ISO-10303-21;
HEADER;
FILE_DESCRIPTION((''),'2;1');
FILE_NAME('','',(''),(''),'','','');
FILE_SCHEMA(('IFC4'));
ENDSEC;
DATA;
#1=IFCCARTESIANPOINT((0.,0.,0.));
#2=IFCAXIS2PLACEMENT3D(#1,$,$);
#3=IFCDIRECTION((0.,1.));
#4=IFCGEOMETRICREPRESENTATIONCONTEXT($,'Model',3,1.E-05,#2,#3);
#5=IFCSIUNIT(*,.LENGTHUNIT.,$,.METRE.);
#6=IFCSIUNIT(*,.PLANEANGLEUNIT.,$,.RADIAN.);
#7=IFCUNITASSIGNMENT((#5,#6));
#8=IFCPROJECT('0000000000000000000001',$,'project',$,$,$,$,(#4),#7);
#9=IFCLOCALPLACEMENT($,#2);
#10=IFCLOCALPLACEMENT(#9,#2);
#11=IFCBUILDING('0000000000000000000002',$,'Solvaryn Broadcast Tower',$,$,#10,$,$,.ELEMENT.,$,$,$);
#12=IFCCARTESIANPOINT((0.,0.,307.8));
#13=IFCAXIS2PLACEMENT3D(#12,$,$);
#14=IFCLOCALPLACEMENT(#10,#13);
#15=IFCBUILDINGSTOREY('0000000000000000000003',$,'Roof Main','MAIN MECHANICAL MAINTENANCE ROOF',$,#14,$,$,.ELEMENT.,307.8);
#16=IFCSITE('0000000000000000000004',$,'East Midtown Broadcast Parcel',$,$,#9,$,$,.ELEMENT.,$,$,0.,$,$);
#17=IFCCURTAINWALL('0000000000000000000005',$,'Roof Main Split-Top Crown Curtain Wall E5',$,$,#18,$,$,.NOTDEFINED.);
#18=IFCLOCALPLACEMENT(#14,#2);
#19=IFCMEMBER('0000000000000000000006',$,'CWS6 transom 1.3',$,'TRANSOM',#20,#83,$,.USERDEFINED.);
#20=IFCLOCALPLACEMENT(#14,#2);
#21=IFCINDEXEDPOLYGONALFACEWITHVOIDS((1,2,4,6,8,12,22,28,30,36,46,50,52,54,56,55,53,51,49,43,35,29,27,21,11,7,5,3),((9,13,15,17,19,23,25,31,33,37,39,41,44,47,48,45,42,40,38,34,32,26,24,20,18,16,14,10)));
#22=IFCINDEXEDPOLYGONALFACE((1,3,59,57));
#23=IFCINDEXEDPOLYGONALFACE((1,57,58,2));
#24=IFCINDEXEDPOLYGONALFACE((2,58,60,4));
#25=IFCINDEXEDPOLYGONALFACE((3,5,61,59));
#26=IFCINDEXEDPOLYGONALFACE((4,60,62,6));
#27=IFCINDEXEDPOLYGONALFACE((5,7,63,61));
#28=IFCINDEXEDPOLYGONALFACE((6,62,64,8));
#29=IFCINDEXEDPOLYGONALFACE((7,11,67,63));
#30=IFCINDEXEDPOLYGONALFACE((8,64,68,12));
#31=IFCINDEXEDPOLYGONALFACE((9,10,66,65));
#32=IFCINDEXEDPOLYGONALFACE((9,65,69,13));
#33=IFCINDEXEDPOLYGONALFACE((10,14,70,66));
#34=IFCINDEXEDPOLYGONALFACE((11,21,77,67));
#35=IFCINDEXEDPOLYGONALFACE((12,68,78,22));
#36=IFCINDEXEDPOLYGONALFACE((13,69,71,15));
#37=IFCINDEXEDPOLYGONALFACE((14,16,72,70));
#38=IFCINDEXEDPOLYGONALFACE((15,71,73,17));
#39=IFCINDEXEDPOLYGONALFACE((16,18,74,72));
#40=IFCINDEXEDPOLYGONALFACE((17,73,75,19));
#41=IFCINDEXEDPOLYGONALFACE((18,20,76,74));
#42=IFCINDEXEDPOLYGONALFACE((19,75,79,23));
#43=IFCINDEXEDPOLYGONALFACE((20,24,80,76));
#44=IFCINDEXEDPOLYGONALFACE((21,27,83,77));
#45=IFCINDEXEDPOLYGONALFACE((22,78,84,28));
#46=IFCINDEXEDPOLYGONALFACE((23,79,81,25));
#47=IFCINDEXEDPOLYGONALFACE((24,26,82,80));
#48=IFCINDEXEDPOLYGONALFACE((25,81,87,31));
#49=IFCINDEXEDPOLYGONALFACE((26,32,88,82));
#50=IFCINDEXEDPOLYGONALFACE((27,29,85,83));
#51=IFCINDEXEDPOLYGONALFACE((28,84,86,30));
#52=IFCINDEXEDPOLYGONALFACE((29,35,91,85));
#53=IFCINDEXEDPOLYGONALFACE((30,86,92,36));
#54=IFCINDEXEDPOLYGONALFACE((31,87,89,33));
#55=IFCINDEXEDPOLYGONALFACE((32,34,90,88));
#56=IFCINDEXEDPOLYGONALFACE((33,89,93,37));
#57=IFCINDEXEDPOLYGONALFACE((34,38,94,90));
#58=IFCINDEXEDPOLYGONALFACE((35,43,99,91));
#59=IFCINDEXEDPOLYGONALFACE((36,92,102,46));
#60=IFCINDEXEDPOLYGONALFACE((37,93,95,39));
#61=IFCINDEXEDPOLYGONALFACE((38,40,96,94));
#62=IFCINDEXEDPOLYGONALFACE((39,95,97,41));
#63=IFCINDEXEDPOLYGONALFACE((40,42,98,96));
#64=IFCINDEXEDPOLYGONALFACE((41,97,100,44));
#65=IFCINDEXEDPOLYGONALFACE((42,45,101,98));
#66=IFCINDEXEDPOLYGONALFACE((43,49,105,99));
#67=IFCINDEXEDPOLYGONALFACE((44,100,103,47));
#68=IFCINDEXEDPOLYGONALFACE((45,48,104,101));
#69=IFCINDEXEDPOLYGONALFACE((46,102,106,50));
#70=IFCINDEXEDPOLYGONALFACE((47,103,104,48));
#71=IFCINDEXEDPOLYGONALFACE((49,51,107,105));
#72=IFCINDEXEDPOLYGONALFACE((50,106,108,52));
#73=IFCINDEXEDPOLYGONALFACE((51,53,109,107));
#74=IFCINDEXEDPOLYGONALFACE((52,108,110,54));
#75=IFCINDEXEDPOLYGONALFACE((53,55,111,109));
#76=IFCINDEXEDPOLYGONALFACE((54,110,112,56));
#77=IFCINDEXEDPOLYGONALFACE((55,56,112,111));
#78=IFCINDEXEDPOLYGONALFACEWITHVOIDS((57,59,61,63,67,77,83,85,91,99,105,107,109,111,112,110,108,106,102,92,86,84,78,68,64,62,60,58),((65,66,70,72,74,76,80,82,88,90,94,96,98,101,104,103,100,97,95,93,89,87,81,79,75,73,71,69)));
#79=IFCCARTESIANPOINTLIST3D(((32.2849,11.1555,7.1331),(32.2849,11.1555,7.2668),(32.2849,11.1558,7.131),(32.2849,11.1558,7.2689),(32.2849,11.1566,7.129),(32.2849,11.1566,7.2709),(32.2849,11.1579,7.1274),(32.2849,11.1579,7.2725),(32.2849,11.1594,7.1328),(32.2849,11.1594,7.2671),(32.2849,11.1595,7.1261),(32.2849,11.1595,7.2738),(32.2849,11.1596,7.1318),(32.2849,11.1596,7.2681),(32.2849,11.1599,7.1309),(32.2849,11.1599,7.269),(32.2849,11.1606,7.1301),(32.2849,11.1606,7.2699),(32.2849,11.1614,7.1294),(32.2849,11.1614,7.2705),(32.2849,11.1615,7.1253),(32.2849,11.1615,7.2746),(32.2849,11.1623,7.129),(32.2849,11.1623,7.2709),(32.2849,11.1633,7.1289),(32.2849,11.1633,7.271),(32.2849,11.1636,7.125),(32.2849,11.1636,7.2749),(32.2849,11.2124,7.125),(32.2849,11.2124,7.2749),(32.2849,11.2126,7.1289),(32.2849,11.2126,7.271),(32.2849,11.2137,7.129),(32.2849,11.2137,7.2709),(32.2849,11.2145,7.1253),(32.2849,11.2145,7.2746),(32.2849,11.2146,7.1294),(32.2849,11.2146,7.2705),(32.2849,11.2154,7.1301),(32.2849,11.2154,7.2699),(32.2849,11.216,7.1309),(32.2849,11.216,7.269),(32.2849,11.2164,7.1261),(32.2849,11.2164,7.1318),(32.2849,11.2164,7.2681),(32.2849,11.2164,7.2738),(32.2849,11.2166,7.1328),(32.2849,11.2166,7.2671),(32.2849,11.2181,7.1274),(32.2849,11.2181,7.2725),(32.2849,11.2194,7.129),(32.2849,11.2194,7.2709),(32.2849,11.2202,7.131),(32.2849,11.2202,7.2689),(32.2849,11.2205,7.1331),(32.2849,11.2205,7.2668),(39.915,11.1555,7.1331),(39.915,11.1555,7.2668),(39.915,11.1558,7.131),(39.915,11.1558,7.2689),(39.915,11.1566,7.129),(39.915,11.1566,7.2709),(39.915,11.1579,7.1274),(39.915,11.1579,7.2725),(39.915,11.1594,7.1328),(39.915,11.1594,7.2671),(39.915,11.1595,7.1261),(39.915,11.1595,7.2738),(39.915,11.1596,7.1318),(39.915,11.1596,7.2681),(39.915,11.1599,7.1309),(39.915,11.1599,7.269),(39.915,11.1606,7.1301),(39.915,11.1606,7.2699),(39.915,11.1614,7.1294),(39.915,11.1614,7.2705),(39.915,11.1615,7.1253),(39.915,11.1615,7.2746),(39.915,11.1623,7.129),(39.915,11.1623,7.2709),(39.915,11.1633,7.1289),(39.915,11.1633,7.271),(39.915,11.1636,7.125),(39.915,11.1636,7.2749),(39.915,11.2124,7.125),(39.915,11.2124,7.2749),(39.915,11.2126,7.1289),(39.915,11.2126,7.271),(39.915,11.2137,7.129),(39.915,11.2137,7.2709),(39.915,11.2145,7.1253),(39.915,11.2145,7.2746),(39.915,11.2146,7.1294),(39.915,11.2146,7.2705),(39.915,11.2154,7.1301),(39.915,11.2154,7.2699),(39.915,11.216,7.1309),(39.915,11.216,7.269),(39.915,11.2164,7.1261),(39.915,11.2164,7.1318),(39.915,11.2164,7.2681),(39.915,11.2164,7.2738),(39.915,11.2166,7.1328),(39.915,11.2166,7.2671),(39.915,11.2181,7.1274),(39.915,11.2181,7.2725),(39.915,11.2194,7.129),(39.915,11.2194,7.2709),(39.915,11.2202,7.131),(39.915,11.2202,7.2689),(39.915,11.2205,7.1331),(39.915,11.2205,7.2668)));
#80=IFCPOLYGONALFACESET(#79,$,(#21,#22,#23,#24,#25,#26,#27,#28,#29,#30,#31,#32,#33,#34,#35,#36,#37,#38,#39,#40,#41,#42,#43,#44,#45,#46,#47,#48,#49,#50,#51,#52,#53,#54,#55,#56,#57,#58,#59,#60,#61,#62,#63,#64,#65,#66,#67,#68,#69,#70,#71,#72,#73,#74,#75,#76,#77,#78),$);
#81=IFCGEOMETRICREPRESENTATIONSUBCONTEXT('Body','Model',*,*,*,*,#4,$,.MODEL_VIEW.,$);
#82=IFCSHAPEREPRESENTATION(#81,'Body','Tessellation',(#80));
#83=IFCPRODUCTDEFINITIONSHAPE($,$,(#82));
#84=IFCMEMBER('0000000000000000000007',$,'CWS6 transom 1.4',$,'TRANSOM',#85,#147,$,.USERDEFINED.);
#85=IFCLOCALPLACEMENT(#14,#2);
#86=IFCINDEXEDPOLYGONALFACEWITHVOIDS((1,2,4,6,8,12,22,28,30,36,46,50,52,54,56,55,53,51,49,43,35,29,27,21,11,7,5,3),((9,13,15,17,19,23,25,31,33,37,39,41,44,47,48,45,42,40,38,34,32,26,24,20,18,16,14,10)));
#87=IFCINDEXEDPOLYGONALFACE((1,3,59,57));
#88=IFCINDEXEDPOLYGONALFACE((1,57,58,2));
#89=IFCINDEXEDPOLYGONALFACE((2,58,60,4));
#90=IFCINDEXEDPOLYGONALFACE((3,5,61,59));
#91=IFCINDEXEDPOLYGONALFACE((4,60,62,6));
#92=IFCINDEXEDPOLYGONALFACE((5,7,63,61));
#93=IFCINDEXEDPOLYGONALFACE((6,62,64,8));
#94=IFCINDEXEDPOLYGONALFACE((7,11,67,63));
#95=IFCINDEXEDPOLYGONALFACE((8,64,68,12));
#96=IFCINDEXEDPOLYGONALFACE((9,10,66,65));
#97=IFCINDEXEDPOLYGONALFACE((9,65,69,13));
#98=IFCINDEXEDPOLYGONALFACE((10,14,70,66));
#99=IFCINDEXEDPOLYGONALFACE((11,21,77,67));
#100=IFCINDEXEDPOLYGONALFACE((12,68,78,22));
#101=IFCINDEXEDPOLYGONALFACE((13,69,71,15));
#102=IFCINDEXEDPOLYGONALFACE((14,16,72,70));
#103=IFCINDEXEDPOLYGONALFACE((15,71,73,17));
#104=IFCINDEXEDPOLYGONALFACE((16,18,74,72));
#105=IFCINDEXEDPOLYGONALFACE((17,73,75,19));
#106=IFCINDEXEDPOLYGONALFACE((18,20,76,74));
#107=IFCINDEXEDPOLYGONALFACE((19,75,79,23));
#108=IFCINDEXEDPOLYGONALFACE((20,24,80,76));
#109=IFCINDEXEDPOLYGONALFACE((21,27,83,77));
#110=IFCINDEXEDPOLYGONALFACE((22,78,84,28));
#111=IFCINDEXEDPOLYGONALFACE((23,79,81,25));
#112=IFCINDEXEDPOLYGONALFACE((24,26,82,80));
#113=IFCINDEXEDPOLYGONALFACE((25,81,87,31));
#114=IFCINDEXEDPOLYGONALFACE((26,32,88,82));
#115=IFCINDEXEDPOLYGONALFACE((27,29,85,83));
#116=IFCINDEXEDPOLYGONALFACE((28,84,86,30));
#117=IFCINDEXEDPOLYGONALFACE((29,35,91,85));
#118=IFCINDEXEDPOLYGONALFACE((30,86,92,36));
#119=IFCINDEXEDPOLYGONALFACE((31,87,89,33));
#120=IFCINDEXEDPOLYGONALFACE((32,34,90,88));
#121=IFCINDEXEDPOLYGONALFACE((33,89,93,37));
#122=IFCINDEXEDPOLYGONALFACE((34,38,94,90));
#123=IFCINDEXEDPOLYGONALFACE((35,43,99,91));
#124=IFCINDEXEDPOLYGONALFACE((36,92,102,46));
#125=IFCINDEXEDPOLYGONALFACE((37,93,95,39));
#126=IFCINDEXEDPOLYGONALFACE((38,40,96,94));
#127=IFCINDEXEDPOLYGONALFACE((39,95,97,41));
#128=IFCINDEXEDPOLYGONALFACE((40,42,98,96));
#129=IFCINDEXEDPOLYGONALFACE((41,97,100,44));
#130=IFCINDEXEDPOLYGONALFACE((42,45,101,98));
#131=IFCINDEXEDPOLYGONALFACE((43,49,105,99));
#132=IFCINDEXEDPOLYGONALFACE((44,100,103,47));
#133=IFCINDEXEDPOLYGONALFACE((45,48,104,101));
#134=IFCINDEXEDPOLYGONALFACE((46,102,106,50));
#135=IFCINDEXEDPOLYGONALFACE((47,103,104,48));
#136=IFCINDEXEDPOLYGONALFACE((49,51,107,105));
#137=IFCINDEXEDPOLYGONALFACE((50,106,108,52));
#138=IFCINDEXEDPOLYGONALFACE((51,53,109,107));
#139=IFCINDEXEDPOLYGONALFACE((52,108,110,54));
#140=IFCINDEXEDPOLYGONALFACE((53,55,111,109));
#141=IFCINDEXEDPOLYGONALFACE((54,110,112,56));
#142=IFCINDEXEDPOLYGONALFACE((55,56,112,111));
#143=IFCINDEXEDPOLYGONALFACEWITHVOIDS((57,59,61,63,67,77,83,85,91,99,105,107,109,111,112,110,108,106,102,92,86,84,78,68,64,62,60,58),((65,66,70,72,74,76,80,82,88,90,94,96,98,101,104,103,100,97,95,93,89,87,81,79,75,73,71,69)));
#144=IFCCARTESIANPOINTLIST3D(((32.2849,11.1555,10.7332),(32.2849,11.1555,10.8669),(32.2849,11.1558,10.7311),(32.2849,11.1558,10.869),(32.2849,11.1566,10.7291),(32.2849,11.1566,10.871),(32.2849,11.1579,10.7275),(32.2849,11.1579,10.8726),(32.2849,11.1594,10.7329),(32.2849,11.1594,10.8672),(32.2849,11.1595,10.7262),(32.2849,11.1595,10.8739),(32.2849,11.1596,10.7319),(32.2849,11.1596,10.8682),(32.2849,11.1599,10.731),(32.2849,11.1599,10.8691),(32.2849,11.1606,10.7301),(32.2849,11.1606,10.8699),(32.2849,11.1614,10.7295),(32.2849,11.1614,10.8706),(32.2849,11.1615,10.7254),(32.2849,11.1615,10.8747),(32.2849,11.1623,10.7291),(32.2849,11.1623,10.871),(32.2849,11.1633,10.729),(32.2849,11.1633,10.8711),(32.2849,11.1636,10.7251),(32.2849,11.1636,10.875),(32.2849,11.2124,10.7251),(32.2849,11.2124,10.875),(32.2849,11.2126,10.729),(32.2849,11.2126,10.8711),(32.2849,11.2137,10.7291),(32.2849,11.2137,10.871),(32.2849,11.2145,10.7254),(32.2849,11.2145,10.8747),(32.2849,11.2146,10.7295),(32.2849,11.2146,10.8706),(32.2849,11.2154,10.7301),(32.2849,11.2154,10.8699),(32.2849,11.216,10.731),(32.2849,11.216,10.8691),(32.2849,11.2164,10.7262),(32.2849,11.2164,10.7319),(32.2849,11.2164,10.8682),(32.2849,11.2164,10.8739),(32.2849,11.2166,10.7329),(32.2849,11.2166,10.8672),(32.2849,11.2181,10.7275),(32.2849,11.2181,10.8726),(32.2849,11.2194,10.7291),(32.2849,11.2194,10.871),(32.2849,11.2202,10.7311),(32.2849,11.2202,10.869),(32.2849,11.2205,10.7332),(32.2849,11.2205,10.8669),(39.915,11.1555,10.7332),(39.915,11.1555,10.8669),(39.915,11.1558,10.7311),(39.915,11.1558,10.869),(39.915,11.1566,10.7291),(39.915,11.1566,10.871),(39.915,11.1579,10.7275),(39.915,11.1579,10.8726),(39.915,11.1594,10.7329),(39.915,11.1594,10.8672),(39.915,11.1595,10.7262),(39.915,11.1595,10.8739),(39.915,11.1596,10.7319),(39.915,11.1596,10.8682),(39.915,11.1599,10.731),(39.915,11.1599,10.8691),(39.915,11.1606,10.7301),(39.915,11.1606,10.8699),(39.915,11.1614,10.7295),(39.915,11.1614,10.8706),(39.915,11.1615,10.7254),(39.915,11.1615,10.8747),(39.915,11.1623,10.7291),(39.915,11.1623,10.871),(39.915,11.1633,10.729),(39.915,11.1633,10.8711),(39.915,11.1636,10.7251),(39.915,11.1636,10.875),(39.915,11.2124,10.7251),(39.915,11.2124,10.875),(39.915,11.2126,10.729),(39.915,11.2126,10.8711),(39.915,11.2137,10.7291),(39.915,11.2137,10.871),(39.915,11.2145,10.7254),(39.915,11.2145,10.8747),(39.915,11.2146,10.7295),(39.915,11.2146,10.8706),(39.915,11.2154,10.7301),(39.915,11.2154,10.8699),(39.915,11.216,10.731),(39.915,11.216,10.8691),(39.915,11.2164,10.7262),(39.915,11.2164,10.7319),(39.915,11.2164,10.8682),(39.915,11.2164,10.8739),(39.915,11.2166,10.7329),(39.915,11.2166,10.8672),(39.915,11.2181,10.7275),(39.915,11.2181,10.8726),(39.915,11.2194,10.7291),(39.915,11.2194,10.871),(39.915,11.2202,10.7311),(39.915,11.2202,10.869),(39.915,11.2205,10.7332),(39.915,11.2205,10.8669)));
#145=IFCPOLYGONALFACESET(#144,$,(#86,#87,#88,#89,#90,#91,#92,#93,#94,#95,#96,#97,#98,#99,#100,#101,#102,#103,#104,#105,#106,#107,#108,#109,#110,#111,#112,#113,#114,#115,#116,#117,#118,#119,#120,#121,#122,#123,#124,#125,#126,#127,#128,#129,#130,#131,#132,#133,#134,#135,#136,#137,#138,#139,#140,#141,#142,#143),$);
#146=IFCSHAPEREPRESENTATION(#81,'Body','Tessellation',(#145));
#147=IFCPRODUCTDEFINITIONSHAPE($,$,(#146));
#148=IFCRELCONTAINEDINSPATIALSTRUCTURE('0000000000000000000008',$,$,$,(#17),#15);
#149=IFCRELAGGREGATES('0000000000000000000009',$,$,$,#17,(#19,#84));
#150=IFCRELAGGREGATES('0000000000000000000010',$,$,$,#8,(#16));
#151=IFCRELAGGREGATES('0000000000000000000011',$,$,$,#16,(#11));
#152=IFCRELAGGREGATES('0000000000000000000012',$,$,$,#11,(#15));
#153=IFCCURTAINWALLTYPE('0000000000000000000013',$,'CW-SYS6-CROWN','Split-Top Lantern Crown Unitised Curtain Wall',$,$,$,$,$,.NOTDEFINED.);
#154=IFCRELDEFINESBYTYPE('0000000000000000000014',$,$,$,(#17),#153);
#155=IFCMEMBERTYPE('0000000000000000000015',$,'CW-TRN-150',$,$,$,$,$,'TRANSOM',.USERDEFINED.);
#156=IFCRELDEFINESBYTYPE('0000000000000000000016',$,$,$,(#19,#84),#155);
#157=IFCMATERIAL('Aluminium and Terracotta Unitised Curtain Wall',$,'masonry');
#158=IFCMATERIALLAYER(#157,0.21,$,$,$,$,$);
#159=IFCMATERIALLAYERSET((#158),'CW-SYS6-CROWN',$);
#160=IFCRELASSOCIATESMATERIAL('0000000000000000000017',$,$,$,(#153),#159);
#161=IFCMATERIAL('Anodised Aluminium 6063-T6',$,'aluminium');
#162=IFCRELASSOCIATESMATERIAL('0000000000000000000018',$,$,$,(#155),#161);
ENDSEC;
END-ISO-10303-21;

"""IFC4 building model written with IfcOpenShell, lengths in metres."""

from ifc_helpers import new_model, si_unit, direction, frame, origin, origin_2d, place, context, subcontext, project, spatial, hollow_rectangle, extrude, material, layer, layer_set, material_profile, profile_set, type_object, element, aggregate, save


model = new_model("IFC4")

# Units and contexts
model_context = context("Model", 3, precision=1e-05, world=origin(), true_north=direction((0.0, 1.0)))
body_context = subcontext(model_context, "Body", "Model", "MODEL_VIEW")
ifc_project = project(units=[si_unit("LENGTHUNIT", "METRE"), si_unit("PLANEANGLEUNIT", "RADIAN")], contexts=[model_context])

# Site, building, storey
site_placement = place(None, origin())
site = spatial("IfcSite", under=ifc_project, at=site_placement, Name="East Midtown Broadcast Parcel", CompositionType="ELEMENT", RefElevation=0.0)
building_placement = place(site_placement, origin())
building = spatial("IfcBuilding", under=site, at=building_placement, Name="Solvaryn Broadcast Tower", CompositionType="ELEMENT")
storey_placement = place(building_placement, frame((0.0, 0.0, 307.8)))
storey = spatial("IfcBuildingStorey", under=building, at=storey_placement, Name="Roof Main", Description="MAIN MECHANICAL MAINTENANCE ROOF", CompositionType="ELEMENT", Elevation=307.8)

# Curtain wall
ifc_material_1 = material(Name="Aluminium and Terracotta Unitised Curtain Wall", Category="masonry")
ifc_layer_1 = layer(ifc_material_1, 0.21)
ifc_layer_set_1 = layer_set([ifc_layer_1], Name="CW-SYS6-CROWN")
curtain_wall_type = type_object("IfcCurtainWallType", Name="CW-SYS6-CROWN", Description="Split-Top Lantern Crown Unitised Curtain Wall", PredefinedType="NOTDEFINED", material=ifc_layer_set_1)
curtain_wall_1_placement = place(storey_placement, origin())
curtain_wall_1 = element("IfcCurtainWall", 1, at=curtain_wall_1_placement, inside=storey, type_object=curtain_wall_type, Name="Roof Main Split-Top Crown Curtain Wall E5", PredefinedType="NOTDEFINED")

# Members
ifc_material_2 = material(Name="Anodised Aluminium 6063-T6", Category="aluminium")
ifc_material_profile_1 = material_profile(ifc_material_2, hollow_rectangle(XDim=0.0649, YDim=0.1499, WallThickness=0.0039, InnerFilletRadius=0.0039, OuterFilletRadius=0.0081, at=origin_2d()))
ifc_profile_set_1 = profile_set([ifc_material_profile_1], Name="Anodised Aluminium 6063-T6")
member_type_1 = type_object("IfcMemberType", Name="CW-TRN-150", ElementType="TRANSOM", PredefinedType="USERDEFINED", material=ifc_profile_set_1)
member_1_placement = place(storey_placement, frame((32.2849, 11.188, 7.2), z_axis=(1.0, 0.0, 0.0), x_axis=(0.0, 1.0, 0.0)))
member_1 = element("IfcMember", 2, at=member_1_placement, type_object=member_type_1, Name="CWS6 transom 1.3", ObjectType="TRANSOM", PredefinedType="USERDEFINED", context=body_context, shape_type="SweptSolid", body=[
    extrude(hollow_rectangle(XDim=0.0649, YDim=0.1499, WallThickness=0.0039, InnerFilletRadius=0.0039, OuterFilletRadius=0.0081, at=origin_2d()), origin(), (0.0, 0.0, 1.0), 7.6301),
])
member_2_placement = place(storey_placement, frame((32.2849, 11.188, 10.8), z_axis=(1.0, 0.0, 0.0), x_axis=(0.0, 1.0, 0.0)))
member_2 = element("IfcMember", 3, at=member_2_placement, type_object=member_type_1, Name="CWS6 transom 1.4", ObjectType="TRANSOM", PredefinedType="USERDEFINED", context=body_context, shape_type="SweptSolid", body=[
    extrude(hollow_rectangle(XDim=0.0649, YDim=0.1499, WallThickness=0.0039, InnerFilletRadius=0.0039, OuterFilletRadius=0.0081, at=origin_2d()), origin(), (0.0, 0.0, 1.0), 7.6301),
])

aggregate(curtain_wall_1, [member_1, member_2])

save(model, "model.ifc")
